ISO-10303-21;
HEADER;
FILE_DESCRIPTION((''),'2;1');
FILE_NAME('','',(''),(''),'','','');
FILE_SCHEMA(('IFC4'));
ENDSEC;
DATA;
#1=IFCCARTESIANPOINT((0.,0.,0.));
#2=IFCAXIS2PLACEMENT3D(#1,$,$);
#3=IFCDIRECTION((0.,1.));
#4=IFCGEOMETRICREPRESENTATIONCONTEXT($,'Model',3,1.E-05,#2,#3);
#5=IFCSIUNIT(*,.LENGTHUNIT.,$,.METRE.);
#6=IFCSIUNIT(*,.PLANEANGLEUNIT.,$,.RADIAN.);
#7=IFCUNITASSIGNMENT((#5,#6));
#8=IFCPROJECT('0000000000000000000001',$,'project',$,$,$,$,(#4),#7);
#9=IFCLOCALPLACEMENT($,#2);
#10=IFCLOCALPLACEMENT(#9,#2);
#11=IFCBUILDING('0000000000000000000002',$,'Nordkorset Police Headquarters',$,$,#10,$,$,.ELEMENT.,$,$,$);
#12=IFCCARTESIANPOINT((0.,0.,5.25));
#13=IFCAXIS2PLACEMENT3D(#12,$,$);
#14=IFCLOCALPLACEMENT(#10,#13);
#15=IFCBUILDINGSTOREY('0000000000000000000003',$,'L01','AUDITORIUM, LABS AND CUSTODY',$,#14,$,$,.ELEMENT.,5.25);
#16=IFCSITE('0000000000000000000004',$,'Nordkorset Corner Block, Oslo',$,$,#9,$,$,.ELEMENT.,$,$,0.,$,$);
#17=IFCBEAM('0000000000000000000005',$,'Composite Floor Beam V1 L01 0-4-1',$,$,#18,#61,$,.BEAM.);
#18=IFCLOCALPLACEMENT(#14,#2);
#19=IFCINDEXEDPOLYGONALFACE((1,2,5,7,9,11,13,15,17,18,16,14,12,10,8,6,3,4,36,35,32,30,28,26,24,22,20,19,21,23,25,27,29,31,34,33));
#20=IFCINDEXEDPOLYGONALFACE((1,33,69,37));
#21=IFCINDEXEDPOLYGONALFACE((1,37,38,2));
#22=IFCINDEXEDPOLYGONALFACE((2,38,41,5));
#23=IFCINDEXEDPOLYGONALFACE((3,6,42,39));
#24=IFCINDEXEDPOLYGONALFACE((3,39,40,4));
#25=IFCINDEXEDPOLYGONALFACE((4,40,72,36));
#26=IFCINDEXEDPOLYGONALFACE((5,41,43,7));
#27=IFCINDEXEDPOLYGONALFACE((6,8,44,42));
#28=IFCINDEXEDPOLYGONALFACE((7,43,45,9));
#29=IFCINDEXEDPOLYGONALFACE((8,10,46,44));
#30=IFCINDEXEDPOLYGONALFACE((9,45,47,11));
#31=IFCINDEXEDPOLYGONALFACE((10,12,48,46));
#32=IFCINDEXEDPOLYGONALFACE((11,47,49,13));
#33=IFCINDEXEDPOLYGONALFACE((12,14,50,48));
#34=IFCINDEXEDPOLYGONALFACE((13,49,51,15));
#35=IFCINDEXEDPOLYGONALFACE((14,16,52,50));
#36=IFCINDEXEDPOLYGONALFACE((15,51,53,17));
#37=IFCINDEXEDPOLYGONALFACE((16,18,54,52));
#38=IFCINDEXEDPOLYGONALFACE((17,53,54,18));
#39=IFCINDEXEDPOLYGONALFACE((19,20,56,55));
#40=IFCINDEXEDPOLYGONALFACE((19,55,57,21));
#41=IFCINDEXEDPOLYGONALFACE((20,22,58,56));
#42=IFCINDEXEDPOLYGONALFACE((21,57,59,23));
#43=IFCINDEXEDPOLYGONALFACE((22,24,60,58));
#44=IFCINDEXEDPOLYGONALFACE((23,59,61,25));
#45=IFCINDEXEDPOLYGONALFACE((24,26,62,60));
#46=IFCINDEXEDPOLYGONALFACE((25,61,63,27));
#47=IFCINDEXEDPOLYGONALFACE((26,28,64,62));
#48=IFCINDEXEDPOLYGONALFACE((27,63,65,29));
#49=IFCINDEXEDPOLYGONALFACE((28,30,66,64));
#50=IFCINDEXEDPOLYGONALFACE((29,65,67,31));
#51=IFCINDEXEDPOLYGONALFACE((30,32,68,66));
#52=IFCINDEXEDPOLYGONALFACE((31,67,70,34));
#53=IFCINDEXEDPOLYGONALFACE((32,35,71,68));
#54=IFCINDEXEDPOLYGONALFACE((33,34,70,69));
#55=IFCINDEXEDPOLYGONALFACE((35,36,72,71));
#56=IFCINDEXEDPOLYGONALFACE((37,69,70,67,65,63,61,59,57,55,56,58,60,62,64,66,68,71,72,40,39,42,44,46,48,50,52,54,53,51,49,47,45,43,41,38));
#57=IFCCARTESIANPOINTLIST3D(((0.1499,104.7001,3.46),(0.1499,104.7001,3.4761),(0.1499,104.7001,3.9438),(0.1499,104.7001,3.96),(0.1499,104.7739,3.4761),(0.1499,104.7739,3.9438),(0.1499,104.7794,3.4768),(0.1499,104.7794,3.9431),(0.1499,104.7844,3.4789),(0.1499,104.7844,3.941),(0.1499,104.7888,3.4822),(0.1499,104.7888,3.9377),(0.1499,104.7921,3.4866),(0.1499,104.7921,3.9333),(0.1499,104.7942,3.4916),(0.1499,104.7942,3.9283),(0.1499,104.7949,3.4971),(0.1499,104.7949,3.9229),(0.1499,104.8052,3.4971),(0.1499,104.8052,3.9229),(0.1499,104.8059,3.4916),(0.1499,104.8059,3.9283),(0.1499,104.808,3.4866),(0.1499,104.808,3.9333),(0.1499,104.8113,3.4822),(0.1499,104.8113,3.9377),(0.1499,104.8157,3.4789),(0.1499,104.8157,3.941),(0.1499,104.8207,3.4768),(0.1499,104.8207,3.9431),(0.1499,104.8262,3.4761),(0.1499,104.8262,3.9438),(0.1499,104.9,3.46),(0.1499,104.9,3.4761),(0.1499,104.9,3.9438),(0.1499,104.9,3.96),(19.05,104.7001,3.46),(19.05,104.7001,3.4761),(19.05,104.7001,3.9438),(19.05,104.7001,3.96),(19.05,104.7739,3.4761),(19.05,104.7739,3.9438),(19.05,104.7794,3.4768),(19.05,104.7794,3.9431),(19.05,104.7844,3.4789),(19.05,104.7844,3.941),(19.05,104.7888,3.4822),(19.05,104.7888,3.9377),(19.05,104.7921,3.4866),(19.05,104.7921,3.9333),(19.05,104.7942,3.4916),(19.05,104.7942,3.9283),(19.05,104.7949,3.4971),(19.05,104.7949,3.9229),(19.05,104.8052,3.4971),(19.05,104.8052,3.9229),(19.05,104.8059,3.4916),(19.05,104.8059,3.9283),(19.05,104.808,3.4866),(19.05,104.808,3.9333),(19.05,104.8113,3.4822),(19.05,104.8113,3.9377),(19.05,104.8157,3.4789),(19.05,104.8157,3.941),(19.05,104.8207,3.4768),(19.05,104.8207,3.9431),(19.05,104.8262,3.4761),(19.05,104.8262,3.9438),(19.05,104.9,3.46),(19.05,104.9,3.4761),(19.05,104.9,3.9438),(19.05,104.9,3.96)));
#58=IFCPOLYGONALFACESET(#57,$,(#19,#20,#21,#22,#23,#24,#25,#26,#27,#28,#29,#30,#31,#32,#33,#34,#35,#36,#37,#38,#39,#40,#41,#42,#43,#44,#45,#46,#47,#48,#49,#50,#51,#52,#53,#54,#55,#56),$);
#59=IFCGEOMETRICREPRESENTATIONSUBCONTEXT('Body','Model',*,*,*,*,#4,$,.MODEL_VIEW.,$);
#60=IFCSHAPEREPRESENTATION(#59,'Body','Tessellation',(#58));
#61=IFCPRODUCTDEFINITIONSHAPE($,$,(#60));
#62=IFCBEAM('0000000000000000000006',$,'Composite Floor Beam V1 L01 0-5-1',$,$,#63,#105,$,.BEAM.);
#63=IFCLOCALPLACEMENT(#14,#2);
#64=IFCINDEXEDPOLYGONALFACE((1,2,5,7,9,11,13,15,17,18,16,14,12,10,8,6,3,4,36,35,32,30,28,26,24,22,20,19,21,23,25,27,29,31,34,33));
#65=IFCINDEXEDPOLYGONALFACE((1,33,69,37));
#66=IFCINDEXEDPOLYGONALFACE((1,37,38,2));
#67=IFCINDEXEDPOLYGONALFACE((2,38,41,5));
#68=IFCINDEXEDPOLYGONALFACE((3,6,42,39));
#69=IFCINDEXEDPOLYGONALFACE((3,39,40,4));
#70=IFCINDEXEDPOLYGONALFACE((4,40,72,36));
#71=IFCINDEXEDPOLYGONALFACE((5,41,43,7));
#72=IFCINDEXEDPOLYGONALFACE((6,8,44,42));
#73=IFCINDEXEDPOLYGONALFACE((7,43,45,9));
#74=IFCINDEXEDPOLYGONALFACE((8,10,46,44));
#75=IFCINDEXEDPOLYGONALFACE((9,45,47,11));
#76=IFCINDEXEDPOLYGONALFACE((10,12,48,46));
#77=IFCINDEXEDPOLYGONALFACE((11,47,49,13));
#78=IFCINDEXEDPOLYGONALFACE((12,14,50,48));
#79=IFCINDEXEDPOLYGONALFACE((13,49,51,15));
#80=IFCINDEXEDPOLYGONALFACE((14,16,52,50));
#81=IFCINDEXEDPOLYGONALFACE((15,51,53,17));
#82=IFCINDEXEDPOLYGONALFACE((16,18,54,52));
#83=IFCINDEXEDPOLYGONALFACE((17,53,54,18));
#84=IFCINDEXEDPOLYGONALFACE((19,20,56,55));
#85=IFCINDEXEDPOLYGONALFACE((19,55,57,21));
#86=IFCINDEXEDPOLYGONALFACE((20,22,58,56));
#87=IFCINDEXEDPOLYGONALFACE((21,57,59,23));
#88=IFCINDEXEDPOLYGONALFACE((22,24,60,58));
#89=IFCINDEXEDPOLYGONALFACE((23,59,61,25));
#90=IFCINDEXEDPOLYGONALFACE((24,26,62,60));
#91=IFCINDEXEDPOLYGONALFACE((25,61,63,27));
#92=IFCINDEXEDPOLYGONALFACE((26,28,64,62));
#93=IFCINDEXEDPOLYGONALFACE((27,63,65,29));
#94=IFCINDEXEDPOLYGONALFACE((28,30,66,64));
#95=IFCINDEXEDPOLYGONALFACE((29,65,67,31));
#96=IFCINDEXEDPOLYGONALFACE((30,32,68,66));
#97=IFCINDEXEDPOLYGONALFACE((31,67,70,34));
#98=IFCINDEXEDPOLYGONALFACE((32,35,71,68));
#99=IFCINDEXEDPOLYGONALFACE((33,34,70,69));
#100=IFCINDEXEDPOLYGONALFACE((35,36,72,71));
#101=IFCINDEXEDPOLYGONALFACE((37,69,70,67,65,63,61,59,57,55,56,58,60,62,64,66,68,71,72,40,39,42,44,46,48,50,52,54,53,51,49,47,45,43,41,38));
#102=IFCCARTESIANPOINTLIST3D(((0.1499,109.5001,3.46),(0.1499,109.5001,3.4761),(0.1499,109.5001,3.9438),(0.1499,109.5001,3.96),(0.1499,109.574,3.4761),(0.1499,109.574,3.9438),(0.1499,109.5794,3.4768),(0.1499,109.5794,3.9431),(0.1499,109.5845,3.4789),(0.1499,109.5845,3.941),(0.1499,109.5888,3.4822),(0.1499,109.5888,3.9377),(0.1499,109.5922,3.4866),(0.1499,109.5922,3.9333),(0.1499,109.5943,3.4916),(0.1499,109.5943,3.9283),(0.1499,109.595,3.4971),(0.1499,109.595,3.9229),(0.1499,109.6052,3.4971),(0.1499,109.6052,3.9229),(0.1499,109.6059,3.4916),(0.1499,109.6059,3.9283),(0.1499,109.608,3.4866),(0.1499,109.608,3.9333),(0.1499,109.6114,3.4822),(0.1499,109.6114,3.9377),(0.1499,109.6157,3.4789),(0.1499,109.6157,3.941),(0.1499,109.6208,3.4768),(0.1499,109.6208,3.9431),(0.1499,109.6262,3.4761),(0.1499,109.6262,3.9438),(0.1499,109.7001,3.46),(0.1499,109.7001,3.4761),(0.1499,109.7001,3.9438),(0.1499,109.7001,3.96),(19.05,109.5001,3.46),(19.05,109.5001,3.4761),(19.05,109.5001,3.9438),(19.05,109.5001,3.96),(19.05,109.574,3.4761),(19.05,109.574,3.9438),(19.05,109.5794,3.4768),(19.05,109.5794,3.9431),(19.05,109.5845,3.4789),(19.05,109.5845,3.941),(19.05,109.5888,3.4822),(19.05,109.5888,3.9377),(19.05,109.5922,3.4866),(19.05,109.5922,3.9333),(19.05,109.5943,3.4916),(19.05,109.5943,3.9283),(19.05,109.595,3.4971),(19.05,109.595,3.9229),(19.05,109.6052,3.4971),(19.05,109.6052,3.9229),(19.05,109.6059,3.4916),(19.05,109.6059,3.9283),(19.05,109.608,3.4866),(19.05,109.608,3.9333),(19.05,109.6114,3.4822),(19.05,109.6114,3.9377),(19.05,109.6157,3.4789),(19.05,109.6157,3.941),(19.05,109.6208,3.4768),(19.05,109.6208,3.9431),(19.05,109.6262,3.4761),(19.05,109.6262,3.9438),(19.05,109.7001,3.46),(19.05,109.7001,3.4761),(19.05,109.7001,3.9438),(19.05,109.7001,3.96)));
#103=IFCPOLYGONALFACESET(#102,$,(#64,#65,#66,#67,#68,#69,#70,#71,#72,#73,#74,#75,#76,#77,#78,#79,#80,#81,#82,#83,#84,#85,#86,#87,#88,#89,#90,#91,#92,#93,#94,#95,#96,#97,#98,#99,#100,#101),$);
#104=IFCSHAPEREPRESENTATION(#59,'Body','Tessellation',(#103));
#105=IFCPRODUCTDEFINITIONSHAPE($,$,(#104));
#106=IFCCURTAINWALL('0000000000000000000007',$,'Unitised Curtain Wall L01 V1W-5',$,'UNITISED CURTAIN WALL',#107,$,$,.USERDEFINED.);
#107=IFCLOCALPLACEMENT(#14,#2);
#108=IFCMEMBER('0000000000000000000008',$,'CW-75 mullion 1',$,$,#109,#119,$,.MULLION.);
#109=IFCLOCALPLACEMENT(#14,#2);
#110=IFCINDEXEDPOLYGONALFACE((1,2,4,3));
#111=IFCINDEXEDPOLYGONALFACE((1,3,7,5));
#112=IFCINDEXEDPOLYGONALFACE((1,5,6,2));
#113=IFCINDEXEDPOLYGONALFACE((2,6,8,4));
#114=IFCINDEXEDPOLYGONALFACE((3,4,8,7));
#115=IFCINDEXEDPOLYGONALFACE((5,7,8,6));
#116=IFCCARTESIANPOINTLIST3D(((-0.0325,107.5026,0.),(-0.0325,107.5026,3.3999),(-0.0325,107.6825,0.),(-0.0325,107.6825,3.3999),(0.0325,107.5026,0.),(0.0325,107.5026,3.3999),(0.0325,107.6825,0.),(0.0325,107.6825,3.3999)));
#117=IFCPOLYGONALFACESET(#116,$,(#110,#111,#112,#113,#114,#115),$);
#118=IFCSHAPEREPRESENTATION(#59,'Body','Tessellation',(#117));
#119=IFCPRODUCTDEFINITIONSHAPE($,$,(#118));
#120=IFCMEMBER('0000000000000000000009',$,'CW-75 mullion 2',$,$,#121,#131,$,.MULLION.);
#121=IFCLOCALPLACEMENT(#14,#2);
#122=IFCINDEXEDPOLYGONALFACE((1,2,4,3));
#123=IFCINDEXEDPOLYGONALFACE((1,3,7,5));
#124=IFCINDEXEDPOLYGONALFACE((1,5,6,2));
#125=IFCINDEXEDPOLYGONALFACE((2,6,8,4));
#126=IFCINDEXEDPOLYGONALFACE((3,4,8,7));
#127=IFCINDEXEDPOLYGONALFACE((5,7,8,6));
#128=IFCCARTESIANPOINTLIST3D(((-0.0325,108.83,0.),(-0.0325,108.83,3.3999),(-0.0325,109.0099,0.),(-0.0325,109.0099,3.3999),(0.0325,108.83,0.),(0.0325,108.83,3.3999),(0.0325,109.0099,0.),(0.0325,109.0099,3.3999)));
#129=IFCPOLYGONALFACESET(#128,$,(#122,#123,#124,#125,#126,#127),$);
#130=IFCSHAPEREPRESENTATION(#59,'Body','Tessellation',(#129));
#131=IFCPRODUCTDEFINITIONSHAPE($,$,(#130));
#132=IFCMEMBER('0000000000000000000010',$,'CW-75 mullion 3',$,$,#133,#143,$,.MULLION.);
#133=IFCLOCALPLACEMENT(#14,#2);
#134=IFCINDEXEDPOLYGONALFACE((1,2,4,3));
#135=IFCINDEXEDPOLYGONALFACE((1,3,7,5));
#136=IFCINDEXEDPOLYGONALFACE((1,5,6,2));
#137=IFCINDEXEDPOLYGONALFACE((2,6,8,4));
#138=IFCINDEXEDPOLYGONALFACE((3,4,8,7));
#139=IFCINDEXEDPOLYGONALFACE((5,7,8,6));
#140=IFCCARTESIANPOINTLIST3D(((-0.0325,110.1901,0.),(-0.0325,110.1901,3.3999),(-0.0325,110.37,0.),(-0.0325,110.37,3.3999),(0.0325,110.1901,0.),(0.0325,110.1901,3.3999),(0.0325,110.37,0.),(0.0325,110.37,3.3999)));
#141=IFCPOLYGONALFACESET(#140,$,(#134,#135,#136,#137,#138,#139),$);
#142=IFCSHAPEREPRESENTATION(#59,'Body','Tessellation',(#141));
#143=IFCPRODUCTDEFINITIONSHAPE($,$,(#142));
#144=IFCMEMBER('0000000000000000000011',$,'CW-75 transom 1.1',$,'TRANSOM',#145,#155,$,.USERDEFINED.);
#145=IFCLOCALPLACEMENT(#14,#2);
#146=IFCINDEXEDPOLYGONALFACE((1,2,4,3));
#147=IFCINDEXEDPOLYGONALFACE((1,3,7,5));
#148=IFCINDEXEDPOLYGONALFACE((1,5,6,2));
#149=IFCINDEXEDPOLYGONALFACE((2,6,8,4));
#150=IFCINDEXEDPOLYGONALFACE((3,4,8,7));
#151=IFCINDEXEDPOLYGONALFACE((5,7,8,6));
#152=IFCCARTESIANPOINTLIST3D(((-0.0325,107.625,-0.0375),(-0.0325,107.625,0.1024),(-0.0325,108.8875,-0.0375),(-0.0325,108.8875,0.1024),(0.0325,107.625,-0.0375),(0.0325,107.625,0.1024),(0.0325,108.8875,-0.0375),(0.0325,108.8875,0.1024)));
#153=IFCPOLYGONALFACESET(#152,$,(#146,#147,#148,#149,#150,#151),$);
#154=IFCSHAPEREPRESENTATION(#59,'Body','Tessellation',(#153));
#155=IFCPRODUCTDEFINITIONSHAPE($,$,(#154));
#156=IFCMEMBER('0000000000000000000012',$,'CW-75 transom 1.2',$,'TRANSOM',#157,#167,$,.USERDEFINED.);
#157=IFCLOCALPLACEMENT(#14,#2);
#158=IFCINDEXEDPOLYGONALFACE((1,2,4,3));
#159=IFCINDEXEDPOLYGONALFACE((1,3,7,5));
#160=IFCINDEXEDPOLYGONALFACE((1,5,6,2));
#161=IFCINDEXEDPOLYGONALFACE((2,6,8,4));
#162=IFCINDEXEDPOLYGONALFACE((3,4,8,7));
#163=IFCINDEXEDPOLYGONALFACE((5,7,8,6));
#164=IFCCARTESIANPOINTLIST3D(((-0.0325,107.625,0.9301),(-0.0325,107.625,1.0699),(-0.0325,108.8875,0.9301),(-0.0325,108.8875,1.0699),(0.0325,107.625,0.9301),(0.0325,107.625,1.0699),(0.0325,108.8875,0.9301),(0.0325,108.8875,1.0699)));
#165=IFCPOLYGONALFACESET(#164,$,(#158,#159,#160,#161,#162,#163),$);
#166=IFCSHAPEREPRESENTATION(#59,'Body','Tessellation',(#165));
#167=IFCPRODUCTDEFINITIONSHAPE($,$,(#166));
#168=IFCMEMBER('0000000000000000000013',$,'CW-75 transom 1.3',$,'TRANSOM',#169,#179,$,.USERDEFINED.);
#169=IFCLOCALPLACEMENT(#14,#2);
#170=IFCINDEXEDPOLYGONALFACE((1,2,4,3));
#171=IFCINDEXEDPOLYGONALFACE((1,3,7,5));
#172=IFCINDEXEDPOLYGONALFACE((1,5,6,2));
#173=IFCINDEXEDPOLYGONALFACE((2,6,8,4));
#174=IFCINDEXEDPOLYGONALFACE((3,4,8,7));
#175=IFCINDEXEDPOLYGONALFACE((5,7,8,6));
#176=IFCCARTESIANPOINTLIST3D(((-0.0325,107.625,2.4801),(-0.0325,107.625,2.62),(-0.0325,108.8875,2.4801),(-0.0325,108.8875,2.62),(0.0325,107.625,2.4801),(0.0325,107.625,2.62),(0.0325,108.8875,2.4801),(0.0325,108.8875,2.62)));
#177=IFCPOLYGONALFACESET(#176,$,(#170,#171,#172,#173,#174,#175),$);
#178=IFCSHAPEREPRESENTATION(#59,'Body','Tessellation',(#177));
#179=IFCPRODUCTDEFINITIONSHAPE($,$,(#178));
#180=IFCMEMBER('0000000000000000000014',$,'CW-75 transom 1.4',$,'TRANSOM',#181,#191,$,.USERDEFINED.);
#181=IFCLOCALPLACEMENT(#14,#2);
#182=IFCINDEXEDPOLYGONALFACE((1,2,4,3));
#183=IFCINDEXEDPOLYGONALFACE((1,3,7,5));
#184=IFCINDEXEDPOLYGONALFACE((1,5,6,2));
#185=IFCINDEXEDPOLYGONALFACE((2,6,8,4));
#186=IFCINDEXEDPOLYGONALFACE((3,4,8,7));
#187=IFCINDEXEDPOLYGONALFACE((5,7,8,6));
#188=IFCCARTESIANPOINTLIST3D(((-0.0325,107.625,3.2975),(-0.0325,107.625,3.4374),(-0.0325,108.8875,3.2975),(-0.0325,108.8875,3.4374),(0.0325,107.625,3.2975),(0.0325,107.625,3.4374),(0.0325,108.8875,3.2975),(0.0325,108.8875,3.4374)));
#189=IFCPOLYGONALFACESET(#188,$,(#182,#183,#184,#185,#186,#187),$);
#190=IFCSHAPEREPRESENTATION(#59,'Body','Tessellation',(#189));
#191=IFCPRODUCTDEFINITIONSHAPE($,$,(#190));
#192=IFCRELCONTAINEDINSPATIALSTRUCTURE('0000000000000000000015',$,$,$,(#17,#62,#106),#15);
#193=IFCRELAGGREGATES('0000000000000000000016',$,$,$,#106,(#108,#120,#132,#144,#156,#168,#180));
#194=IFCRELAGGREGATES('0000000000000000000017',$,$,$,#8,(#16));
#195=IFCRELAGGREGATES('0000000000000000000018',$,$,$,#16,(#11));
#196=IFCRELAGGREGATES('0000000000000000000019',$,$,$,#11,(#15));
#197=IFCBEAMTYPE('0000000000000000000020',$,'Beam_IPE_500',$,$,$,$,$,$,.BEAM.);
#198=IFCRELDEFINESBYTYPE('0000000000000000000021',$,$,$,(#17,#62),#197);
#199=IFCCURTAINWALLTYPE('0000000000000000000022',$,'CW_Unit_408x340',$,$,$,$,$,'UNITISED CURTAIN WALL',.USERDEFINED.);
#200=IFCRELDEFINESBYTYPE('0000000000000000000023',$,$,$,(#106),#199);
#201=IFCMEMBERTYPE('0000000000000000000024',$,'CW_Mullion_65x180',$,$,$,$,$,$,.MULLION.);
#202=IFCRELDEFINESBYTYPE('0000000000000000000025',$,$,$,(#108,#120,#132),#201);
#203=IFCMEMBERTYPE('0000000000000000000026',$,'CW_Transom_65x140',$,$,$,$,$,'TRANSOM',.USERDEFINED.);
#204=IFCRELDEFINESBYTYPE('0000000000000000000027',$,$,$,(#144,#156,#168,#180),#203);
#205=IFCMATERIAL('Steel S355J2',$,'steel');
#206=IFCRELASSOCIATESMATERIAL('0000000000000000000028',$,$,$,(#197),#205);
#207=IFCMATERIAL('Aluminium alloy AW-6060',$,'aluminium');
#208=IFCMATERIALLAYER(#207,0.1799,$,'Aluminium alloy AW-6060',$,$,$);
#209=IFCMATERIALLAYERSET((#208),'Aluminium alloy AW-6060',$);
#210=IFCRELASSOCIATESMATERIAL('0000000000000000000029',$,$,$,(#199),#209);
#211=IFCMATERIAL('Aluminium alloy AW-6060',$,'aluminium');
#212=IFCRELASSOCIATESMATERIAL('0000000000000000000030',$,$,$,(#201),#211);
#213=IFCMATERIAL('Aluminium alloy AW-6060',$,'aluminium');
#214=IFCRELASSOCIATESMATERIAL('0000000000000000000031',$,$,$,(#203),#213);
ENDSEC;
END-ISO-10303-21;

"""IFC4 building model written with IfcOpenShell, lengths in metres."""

from ifc_helpers import new_model, si_unit, direction, frame, origin, origin_2d, place, context, subcontext, project, spatial, rectangle, i_section, extrude, material, layer, layer_set, material_profile, profile_set, type_object, element, aggregate, save


model = new_model("IFC4")

# Units and contexts
model_context = context("Model", 3, precision=1e-05, world=origin(), true_north=direction((0.0, 1.0)))
body_context = subcontext(model_context, "Body", "Model", "MODEL_VIEW")
ifc_project = project(units=[si_unit("LENGTHUNIT", "METRE"), si_unit("PLANEANGLEUNIT", "RADIAN")], contexts=[model_context])

# Site, building, storey
site_placement = place(None, origin())
site = spatial("IfcSite", under=ifc_project, at=site_placement, Name="Nordkorset Corner Block, Oslo", CompositionType="ELEMENT", RefElevation=0.0)
building_placement = place(site_placement, origin())
building = spatial("IfcBuilding", under=site, at=building_placement, Name="Nordkorset Police Headquarters", CompositionType="ELEMENT")
storey_placement = place(building_placement, frame((0.0, 0.0, 5.25)))
storey = spatial("IfcBuildingStorey", under=building, at=storey_placement, Name="L01", Description="AUDITORIUM, LABS AND CUSTODY", CompositionType="ELEMENT", Elevation=5.25)

# Beams
ifc_material_1 = material(Name="Steel S355J2", Category="steel")
ifc_material_profile_1 = material_profile(ifc_material_1, i_section(OverallWidth=0.2, OverallDepth=0.5, WebThickness=0.0103, FlangeThickness=0.0161, FilletRadius=0.021, at=origin_2d()), Name="IPE 500")
ifc_profile_set_1 = profile_set([ifc_material_profile_1], Name="Steel S355J2")
beam_type_1 = type_object("IfcBeamType", Name="Beam_IPE_500", PredefinedType="BEAM", material=ifc_profile_set_1)
for number, where, z_axis, x_axis, name in (
    (1, (0.1499, 104.8, 3.71), (1.0, 0.0, 0.0), (0.0, 1.0, 0.0), "Composite Floor Beam V1 L01 0-4-1"),
    (2, (0.1499, 109.6001, 3.71), (1.0, 0.0, 0.0), (0.0, 1.0, 0.0), "Composite Floor Beam V1 L01 0-5-1"),
):
    element("IfcBeam", number, at=place(storey_placement, frame(where, z_axis=z_axis, x_axis=x_axis)), inside=storey, type_object=beam_type_1, Name=name, PredefinedType="BEAM", context=body_context, shape_type="SweptSolid", body=[
        extrude(i_section(OverallWidth=0.2, OverallDepth=0.5, WebThickness=0.0103, FlangeThickness=0.0161, FilletRadius=0.021, at=origin_2d()), origin(), (0.0, 0.0, 1.0), 18.9001),
    ])

# Curtain wall, members
ifc_material_2 = material(Name="Aluminium alloy AW-6060", Category="aluminium")
ifc_layer_1 = layer(ifc_material_2, 0.1799, Name="Aluminium alloy AW-6060")
ifc_layer_set_1 = layer_set([ifc_layer_1], Name="Aluminium alloy AW-6060")
curtain_wall_type = type_object("IfcCurtainWallType", Name="CW_Unit_408x340", ElementType="UNITISED CURTAIN WALL", PredefinedType="USERDEFINED", material=ifc_layer_set_1)
curtain_wall_placement = place(storey_placement, origin())
curtain_wall = element("IfcCurtainWall", 3, at=curtain_wall_placement, inside=storey, type_object=curtain_wall_type, Name="Unitised Curtain Wall L01 V1W-5", ObjectType="UNITISED CURTAIN WALL", PredefinedType="USERDEFINED")
ifc_material_3 = material(Name="Aluminium alloy AW-6060", Category="aluminium")
ifc_material_profile_2 = material_profile(ifc_material_3, rectangle(XDim=0.0649, YDim=0.1799, at=origin_2d()), Name="ALU MULL 65x180")
ifc_profile_set_2 = profile_set([ifc_material_profile_2], Name="Aluminium alloy AW-6060")
member_type_1 = type_object("IfcMemberType", Name="CW_Mullion_65x180", PredefinedType="MULLION", material=ifc_profile_set_2)
member_1_placement = place(storey_placement, frame((0.0, 107.5925, 0.0), z_axis=(0.0, 0.0, 1.0), x_axis=(-1.0, 0.0, 0.0)))
member_1 = element("IfcMember", 4, at=member_1_placement, type_object=member_type_1, Name="CW-75 mullion 1", PredefinedType="MULLION", context=body_context, shape_type="SweptSolid", body=[
    extrude(rectangle(XDim=0.0649, YDim=0.1799, at=origin_2d()), origin(), (0.0, 0.0, 1.0), 3.3999),
])
member_2_placement = place(storey_placement, frame((0.0, 108.9199, 0.0), z_axis=(0.0, 0.0, 1.0), x_axis=(-1.0, 0.0, 0.0)))
member_2 = element("IfcMember", 5, at=member_2_placement, type_object=member_type_1, Name="CW-75 mullion 2", PredefinedType="MULLION", context=body_context, shape_type="SweptSolid", body=[
    extrude(rectangle(XDim=0.0649, YDim=0.1799, at=origin_2d()), origin(), (0.0, 0.0, 1.0), 3.3999),
])
member_3_placement = place(storey_placement, frame((0.0, 110.28, 0.0), z_axis=(0.0, 0.0, 1.0), x_axis=(-1.0, 0.0, 0.0)))
member_3 = element("IfcMember", 6, at=member_3_placement, type_object=member_type_1, Name="CW-75 mullion 3", PredefinedType="MULLION", context=body_context, shape_type="SweptSolid", body=[
    extrude(rectangle(XDim=0.0649, YDim=0.1799, at=origin_2d()), origin(), (0.0, 0.0, 1.0), 3.3999),
])
ifc_material_4 = material(Name="Aluminium alloy AW-6060", Category="aluminium")
ifc_material_profile_3 = material_profile(ifc_material_4, rectangle(XDim=0.0649, YDim=0.1399, at=origin_2d()), Name="ALU TRAN 65x140")
ifc_profile_set_3 = profile_set([ifc_material_profile_3], Name="Aluminium alloy AW-6060")
member_type_2 = type_object("IfcMemberType", Name="CW_Transom_65x140", ElementType="TRANSOM", PredefinedType="USERDEFINED", material=ifc_profile_set_3)
member_4_placement = place(storey_placement, frame((0.0, 107.625, 0.0325), z_axis=(0.0, 1.0, 0.0), x_axis=(-1.0, 0.0, 0.0)))
member_4 = element("IfcMember", 7, at=member_4_placement, type_object=member_type_2, Name="CW-75 transom 1.1", ObjectType="TRANSOM", PredefinedType="USERDEFINED", context=body_context, shape_type="SweptSolid", body=[
    extrude(rectangle(XDim=0.0649, YDim=0.1399, at=origin_2d()), origin(), (0.0, 0.0, 1.0), 1.2625),
])
member_5_placement = place(storey_placement, frame((0.0, 107.625, 1.0), z_axis=(0.0, 1.0, 0.0), x_axis=(-1.0, 0.0, 0.0)))
member_5 = element("IfcMember", 8, at=member_5_placement, type_object=member_type_2, Name="CW-75 transom 1.2", ObjectType="TRANSOM", PredefinedType="USERDEFINED", context=body_context, shape_type="SweptSolid", body=[
    extrude(rectangle(XDim=0.0649, YDim=0.1399, at=origin_2d()), origin(), (0.0, 0.0, 1.0), 1.2625),
])
member_6_placement = place(storey_placement, frame((0.0, 107.625, 2.55), z_axis=(0.0, 1.0, 0.0), x_axis=(-1.0, 0.0, 0.0)))
member_6 = element("IfcMember", 9, at=member_6_placement, type_object=member_type_2, Name="CW-75 transom 1.3", ObjectType="TRANSOM", PredefinedType="USERDEFINED", context=body_context, shape_type="SweptSolid", body=[
    extrude(rectangle(XDim=0.0649, YDim=0.1399, at=origin_2d()), origin(), (0.0, 0.0, 1.0), 1.2625),
])
member_7_placement = place(storey_placement, frame((0.0, 107.625, 3.3674), z_axis=(0.0, 1.0, 0.0), x_axis=(-1.0, 0.0, 0.0)))
member_7 = element("IfcMember", 10, at=member_7_placement, type_object=member_type_2, Name="CW-75 transom 1.4", ObjectType="TRANSOM", PredefinedType="USERDEFINED", context=body_context, shape_type="SweptSolid", body=[
    extrude(rectangle(XDim=0.0649, YDim=0.1399, at=origin_2d()), origin(), (0.0, 0.0, 1.0), 1.2625),
])

aggregate(curtain_wall, [member_1, member_2, member_3, member_4, member_5, member_6, member_7])

save(model, "model.ifc")
